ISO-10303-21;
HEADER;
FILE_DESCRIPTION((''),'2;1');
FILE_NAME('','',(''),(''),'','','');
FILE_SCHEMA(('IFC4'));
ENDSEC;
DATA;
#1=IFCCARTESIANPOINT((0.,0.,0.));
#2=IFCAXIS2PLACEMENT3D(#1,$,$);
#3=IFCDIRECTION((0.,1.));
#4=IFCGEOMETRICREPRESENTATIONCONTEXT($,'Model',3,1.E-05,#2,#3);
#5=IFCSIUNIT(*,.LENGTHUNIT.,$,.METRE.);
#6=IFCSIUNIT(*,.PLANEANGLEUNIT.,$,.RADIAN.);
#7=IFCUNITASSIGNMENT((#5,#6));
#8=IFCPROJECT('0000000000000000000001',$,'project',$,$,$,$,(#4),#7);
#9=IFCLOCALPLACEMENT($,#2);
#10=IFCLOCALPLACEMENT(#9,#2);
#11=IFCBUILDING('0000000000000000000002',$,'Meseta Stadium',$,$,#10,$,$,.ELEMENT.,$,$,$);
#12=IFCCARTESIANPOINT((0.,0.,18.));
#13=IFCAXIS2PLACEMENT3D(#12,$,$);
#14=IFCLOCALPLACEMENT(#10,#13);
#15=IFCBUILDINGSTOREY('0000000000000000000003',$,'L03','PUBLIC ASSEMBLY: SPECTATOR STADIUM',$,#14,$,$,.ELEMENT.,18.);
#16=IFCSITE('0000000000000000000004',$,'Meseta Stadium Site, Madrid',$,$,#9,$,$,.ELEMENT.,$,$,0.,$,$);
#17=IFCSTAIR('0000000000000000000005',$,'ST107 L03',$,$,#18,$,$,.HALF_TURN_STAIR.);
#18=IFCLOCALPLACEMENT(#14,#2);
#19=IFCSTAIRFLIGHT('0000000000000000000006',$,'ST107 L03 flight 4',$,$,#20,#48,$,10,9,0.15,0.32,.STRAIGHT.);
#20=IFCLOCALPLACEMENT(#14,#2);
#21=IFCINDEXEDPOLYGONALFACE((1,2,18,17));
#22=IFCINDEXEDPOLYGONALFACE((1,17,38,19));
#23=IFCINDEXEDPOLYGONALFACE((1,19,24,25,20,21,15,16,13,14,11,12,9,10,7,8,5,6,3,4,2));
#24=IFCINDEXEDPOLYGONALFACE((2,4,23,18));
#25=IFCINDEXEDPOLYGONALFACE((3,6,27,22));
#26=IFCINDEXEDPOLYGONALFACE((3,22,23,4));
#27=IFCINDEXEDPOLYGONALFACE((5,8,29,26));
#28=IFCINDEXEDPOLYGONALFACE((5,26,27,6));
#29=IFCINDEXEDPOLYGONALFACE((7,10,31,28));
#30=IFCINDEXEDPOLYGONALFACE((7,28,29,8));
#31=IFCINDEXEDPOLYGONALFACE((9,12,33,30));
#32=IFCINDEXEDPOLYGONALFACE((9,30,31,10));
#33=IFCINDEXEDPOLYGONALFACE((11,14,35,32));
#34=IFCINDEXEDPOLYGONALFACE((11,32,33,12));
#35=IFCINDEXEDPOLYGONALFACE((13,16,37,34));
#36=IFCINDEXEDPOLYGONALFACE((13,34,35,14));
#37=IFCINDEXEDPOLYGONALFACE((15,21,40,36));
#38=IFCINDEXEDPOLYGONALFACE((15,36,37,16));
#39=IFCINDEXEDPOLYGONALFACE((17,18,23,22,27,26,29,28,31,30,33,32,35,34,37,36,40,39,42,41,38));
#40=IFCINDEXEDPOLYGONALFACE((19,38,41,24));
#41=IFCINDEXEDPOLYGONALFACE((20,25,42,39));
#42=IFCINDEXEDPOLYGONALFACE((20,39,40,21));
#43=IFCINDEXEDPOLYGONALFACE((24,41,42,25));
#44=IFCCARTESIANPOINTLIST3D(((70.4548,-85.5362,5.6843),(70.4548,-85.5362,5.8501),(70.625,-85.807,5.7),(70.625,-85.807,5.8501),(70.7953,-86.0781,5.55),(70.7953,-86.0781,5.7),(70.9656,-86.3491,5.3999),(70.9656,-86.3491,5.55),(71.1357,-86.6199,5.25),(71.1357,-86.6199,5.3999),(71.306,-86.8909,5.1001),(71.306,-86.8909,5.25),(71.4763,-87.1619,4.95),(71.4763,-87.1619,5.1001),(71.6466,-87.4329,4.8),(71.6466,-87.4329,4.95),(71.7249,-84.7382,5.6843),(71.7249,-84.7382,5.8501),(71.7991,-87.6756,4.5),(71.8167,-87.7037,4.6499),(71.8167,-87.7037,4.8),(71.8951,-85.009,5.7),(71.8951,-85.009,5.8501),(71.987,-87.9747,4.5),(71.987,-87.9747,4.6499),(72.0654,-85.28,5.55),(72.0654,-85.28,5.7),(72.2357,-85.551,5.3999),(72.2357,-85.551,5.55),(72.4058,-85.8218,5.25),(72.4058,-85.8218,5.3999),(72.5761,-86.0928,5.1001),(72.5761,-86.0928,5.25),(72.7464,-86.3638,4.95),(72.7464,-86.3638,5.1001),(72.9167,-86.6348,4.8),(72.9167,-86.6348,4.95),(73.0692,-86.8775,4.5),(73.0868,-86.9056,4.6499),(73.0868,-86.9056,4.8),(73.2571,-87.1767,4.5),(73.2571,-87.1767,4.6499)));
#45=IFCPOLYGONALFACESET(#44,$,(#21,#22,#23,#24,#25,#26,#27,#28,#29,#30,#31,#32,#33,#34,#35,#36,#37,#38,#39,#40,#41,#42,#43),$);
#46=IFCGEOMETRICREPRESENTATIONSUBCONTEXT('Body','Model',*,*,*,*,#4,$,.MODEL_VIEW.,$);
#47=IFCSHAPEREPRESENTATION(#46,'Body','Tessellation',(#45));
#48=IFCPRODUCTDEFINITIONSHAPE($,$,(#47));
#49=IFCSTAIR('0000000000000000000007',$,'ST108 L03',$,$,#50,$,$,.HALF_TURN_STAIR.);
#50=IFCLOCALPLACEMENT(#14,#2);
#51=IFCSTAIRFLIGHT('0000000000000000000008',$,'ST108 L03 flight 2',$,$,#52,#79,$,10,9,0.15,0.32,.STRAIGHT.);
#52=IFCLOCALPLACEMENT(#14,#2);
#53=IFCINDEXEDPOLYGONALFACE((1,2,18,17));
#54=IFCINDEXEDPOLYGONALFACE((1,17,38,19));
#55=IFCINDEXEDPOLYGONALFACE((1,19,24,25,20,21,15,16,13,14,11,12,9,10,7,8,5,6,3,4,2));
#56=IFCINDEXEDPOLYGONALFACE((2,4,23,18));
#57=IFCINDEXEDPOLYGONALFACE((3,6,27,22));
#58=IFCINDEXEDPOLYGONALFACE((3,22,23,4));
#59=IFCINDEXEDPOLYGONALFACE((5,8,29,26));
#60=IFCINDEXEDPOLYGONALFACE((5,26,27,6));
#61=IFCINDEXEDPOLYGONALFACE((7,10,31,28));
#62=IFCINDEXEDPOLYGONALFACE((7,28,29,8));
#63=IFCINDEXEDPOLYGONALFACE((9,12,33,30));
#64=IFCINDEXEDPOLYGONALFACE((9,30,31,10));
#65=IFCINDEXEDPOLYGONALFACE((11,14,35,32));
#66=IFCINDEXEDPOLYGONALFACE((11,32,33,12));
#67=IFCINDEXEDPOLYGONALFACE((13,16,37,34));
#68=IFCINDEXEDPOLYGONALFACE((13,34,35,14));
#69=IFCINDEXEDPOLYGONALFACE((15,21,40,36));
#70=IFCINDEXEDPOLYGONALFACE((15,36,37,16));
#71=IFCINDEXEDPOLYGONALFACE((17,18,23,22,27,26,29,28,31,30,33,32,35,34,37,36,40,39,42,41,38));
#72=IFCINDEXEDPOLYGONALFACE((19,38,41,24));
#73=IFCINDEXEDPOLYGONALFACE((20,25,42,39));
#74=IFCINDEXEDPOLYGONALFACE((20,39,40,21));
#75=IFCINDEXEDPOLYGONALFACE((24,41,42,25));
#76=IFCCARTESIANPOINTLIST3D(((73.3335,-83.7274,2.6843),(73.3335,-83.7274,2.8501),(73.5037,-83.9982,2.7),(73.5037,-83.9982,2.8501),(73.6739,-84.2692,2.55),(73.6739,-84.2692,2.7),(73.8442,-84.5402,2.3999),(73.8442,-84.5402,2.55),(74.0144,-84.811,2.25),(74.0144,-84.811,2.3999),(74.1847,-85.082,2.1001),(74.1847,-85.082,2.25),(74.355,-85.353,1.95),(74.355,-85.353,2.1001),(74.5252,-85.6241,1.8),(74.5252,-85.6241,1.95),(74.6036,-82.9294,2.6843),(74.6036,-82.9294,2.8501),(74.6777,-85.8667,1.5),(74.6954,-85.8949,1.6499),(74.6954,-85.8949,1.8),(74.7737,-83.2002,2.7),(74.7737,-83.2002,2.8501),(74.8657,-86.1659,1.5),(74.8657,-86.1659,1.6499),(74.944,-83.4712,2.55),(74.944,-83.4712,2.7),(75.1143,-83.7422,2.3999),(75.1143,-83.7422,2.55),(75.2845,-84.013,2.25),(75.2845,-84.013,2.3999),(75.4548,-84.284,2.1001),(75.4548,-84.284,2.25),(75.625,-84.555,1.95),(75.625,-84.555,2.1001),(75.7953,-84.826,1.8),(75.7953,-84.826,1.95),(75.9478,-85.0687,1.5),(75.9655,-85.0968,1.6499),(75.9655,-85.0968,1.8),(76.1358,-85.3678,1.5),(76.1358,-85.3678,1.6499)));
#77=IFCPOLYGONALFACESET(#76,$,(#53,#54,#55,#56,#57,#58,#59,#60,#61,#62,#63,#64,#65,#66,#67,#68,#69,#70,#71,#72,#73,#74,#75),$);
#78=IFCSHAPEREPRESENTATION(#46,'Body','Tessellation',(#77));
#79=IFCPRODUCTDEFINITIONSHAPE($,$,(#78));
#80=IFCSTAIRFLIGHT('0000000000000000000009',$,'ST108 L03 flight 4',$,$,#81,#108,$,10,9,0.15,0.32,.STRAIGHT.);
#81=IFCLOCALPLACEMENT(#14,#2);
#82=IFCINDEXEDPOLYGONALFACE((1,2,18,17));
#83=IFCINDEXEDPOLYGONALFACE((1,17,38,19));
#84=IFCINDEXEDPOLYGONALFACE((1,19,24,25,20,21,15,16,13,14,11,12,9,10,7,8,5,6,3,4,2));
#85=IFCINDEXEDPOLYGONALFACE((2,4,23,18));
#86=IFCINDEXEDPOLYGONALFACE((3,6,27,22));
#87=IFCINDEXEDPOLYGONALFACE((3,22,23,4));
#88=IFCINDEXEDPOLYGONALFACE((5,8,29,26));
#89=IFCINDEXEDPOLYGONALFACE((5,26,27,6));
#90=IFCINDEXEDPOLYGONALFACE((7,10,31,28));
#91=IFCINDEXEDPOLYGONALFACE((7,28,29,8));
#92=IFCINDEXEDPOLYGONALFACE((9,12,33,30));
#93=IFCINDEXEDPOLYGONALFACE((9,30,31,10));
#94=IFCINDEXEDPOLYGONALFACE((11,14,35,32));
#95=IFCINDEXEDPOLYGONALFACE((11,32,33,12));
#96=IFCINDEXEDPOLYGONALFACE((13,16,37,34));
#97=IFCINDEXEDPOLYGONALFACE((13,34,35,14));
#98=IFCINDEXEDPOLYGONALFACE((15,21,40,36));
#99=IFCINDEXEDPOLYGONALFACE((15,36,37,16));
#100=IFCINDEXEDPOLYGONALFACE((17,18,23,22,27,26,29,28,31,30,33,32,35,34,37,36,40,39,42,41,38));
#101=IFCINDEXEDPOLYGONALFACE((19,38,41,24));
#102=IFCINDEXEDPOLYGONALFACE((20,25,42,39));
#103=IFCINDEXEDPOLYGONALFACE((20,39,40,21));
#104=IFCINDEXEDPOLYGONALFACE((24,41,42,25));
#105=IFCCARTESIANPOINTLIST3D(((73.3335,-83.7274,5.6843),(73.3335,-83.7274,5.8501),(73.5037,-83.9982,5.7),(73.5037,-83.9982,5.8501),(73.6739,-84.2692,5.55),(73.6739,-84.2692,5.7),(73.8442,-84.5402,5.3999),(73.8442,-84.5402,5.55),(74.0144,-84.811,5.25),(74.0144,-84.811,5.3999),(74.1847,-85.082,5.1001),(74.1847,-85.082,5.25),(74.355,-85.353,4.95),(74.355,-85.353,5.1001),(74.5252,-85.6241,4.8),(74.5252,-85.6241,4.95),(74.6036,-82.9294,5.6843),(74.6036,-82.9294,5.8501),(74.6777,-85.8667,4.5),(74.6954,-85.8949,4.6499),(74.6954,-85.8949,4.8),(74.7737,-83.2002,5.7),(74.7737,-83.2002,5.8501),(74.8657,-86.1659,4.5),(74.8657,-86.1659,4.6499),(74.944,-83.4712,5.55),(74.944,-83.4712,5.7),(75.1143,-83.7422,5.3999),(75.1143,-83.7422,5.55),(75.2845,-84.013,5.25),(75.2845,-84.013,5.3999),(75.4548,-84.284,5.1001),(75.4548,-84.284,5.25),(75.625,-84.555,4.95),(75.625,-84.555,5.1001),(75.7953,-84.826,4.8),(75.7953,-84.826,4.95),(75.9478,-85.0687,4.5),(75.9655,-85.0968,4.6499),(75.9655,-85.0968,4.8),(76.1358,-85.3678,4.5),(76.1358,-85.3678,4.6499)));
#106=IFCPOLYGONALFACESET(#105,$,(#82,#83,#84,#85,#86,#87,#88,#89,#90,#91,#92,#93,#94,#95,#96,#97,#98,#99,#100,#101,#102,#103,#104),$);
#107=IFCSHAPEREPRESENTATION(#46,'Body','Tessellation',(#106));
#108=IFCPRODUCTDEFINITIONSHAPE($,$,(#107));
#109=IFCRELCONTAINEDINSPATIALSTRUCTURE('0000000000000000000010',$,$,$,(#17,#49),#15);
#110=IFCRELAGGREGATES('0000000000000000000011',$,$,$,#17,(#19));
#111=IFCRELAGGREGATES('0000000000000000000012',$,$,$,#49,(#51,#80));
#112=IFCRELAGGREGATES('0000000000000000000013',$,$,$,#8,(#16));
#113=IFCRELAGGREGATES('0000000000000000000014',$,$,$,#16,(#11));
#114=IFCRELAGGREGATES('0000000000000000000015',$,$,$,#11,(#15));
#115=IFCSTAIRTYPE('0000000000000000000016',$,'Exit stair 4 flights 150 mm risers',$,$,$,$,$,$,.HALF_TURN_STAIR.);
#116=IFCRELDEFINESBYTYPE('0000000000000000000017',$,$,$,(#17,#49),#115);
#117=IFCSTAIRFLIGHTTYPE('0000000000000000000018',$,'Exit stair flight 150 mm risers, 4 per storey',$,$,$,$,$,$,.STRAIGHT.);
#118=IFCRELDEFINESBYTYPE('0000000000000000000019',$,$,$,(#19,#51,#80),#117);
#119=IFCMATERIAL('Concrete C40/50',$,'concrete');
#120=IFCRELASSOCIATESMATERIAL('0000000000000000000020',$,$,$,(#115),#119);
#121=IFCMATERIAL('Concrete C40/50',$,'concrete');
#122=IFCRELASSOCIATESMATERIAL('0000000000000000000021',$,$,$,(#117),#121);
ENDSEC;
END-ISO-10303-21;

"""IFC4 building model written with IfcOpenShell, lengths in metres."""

from ifc_helpers import new_model, si_unit, direction, frame, origin, place, context, subcontext, project, spatial, polyline, outline, extrude, material, type_object, element, aggregate, save


model = new_model("IFC4")

# Units and contexts
model_context = context("Model", 3, precision=1e-05, world=origin(), true_north=direction((0.0, 1.0)))
body_context = subcontext(model_context, "Body", "Model", "MODEL_VIEW")
ifc_project = project(units=[si_unit("LENGTHUNIT", "METRE"), si_unit("PLANEANGLEUNIT", "RADIAN")], contexts=[model_context])

# Site, building, storey
site_placement = place(None, origin())
site = spatial("IfcSite", under=ifc_project, at=site_placement, Name="Meseta Stadium Site, Madrid", CompositionType="ELEMENT", RefElevation=0.0)
building_placement = place(site_placement, origin())
building = spatial("IfcBuilding", under=site, at=building_placement, Name="Meseta Stadium", CompositionType="ELEMENT")
storey_placement = place(building_placement, frame((0.0, 0.0, 18.0)))
storey = spatial("IfcBuildingStorey", under=building, at=storey_placement, Name="L03", Description="PUBLIC ASSEMBLY: SPECTATOR STADIUM", CompositionType="ELEMENT", Elevation=18.0)

# Stairs, stair flights
ifc_material_1 = material(Name="Concrete C40/50", Category="concrete")
stair_type = type_object("IfcStairType", Name="Exit stair 4 flights 150 mm risers", PredefinedType="HALF_TURN_STAIR", material=ifc_material_1)
ifc_material_2 = material(Name="Concrete C40/50", Category="concrete")
stair_flight_type = type_object("IfcStairFlightType", Name="Exit stair flight 150 mm risers, 4 per storey", PredefinedType="STRAIGHT", material=ifc_material_2)
stair_1_placement = place(storey_placement, origin())
stair_1 = element("IfcStair", 1, at=stair_1_placement, inside=storey, type_object=stair_type, Name="ST107 L03", PredefinedType="HALF_TURN_STAIR")
stair_flight_1_placement = place(storey_placement, frame((72.6221, -87.5757, 4.5), z_axis=(0.0, 0.0, 1.0), x_axis=(-0.532032, 0.846724, 0.0)))
stair_flight_1 = element("IfcStairFlight", 2, at=stair_flight_1_placement, type_object=stair_flight_type, Name="ST107 L03 flight 4", NumberOfRisers=10, NumberOfTreads=9, PredefinedType="STRAIGHT", RiserHeight=0.15, TreadLength=0.32, context=body_context, shape_type="SweptSolid", body=[
    extrude(outline(polyline([(0.0, 0.0), (0.0, 0.1499), (0.3201, 0.1499), (0.3201, 0.3), (0.6399, 0.3), (0.6399, 0.45), (0.96, 0.45), (0.96, 0.6001), (1.28, 0.6001), (1.28, 0.75), (1.6001, 0.75), (1.6001, 0.8999), (1.9199, 0.8999), (1.9199, 1.05), (2.24, 1.05), (2.24, 1.2), (2.5601, 1.2), (2.5601, 1.3501), (2.8799, 1.3501), (2.8799, 1.1843), (0.3533, 0.0), (0.0, 0.0)])), frame((0.0, 0.75, 0.0), z_axis=(0.0, -1.0, 0.0), x_axis=(1.0, 0.0, 0.0)), (0.0, 0.0, 1.0), 1.5),
])
aggregate(stair_1, [stair_flight_1])
stair_2_placement = place(storey_placement, origin())
stair_2 = element("IfcStair", 3, at=stair_2_placement, inside=storey, type_object=stair_type, Name="ST108 L03", PredefinedType="HALF_TURN_STAIR")
stair_flight_2_placement = place(storey_placement, frame((75.5007, -85.7668, 1.5), z_axis=(0.0, 0.0, 1.0), x_axis=(-0.532032, 0.846724, 0.0)))
stair_flight_2 = element("IfcStairFlight", 4, at=stair_flight_2_placement, type_object=stair_flight_type, Name="ST108 L03 flight 2", NumberOfRisers=10, NumberOfTreads=9, PredefinedType="STRAIGHT", RiserHeight=0.15, TreadLength=0.32, context=body_context, shape_type="SweptSolid", body=[
    extrude(outline(polyline([(0.0, 0.0), (0.0, 0.1499), (0.3201, 0.1499), (0.3201, 0.3), (0.6399, 0.3), (0.6399, 0.45), (0.96, 0.45), (0.96, 0.6001), (1.28, 0.6001), (1.28, 0.75), (1.6001, 0.75), (1.6001, 0.8999), (1.9199, 0.8999), (1.9199, 1.05), (2.24, 1.05), (2.24, 1.2), (2.5601, 1.2), (2.5601, 1.3501), (2.8799, 1.3501), (2.8799, 1.1843), (0.3533, 0.0), (0.0, 0.0)])), frame((0.0, 0.75, 0.0), z_axis=(0.0, -1.0, 0.0), x_axis=(1.0, 0.0, 0.0)), (0.0, 0.0, 1.0), 1.5),
])
stair_flight_3_placement = place(storey_placement, frame((75.5007, -85.7668, 4.5), z_axis=(0.0, 0.0, 1.0), x_axis=(-0.532032, 0.846724, 0.0)))
stair_flight_3 = element("IfcStairFlight", 5, at=stair_flight_3_placement, type_object=stair_flight_type, Name="ST108 L03 flight 4", NumberOfRisers=10, NumberOfTreads=9, PredefinedType="STRAIGHT", RiserHeight=0.15, TreadLength=0.32, context=body_context, shape_type="SweptSolid", body=[
    extrude(outline(polyline([(0.0, 0.0), (0.0, 0.1499), (0.3201, 0.1499), (0.3201, 0.3), (0.6399, 0.3), (0.6399, 0.45), (0.96, 0.45), (0.96, 0.6001), (1.28, 0.6001), (1.28, 0.75), (1.6001, 0.75), (1.6001, 0.8999), (1.9199, 0.8999), (1.9199, 1.05), (2.24, 1.05), (2.24, 1.2), (2.5601, 1.2), (2.5601, 1.3501), (2.8799, 1.3501), (2.8799, 1.1843), (0.3533, 0.0), (0.0, 0.0)])), frame((0.0, 0.75, 0.0), z_axis=(0.0, -1.0, 0.0), x_axis=(1.0, 0.0, 0.0)), (0.0, 0.0, 1.0), 1.5),
])
aggregate(stair_2, [stair_flight_2, stair_flight_3])

save(model, "model.ifc")
